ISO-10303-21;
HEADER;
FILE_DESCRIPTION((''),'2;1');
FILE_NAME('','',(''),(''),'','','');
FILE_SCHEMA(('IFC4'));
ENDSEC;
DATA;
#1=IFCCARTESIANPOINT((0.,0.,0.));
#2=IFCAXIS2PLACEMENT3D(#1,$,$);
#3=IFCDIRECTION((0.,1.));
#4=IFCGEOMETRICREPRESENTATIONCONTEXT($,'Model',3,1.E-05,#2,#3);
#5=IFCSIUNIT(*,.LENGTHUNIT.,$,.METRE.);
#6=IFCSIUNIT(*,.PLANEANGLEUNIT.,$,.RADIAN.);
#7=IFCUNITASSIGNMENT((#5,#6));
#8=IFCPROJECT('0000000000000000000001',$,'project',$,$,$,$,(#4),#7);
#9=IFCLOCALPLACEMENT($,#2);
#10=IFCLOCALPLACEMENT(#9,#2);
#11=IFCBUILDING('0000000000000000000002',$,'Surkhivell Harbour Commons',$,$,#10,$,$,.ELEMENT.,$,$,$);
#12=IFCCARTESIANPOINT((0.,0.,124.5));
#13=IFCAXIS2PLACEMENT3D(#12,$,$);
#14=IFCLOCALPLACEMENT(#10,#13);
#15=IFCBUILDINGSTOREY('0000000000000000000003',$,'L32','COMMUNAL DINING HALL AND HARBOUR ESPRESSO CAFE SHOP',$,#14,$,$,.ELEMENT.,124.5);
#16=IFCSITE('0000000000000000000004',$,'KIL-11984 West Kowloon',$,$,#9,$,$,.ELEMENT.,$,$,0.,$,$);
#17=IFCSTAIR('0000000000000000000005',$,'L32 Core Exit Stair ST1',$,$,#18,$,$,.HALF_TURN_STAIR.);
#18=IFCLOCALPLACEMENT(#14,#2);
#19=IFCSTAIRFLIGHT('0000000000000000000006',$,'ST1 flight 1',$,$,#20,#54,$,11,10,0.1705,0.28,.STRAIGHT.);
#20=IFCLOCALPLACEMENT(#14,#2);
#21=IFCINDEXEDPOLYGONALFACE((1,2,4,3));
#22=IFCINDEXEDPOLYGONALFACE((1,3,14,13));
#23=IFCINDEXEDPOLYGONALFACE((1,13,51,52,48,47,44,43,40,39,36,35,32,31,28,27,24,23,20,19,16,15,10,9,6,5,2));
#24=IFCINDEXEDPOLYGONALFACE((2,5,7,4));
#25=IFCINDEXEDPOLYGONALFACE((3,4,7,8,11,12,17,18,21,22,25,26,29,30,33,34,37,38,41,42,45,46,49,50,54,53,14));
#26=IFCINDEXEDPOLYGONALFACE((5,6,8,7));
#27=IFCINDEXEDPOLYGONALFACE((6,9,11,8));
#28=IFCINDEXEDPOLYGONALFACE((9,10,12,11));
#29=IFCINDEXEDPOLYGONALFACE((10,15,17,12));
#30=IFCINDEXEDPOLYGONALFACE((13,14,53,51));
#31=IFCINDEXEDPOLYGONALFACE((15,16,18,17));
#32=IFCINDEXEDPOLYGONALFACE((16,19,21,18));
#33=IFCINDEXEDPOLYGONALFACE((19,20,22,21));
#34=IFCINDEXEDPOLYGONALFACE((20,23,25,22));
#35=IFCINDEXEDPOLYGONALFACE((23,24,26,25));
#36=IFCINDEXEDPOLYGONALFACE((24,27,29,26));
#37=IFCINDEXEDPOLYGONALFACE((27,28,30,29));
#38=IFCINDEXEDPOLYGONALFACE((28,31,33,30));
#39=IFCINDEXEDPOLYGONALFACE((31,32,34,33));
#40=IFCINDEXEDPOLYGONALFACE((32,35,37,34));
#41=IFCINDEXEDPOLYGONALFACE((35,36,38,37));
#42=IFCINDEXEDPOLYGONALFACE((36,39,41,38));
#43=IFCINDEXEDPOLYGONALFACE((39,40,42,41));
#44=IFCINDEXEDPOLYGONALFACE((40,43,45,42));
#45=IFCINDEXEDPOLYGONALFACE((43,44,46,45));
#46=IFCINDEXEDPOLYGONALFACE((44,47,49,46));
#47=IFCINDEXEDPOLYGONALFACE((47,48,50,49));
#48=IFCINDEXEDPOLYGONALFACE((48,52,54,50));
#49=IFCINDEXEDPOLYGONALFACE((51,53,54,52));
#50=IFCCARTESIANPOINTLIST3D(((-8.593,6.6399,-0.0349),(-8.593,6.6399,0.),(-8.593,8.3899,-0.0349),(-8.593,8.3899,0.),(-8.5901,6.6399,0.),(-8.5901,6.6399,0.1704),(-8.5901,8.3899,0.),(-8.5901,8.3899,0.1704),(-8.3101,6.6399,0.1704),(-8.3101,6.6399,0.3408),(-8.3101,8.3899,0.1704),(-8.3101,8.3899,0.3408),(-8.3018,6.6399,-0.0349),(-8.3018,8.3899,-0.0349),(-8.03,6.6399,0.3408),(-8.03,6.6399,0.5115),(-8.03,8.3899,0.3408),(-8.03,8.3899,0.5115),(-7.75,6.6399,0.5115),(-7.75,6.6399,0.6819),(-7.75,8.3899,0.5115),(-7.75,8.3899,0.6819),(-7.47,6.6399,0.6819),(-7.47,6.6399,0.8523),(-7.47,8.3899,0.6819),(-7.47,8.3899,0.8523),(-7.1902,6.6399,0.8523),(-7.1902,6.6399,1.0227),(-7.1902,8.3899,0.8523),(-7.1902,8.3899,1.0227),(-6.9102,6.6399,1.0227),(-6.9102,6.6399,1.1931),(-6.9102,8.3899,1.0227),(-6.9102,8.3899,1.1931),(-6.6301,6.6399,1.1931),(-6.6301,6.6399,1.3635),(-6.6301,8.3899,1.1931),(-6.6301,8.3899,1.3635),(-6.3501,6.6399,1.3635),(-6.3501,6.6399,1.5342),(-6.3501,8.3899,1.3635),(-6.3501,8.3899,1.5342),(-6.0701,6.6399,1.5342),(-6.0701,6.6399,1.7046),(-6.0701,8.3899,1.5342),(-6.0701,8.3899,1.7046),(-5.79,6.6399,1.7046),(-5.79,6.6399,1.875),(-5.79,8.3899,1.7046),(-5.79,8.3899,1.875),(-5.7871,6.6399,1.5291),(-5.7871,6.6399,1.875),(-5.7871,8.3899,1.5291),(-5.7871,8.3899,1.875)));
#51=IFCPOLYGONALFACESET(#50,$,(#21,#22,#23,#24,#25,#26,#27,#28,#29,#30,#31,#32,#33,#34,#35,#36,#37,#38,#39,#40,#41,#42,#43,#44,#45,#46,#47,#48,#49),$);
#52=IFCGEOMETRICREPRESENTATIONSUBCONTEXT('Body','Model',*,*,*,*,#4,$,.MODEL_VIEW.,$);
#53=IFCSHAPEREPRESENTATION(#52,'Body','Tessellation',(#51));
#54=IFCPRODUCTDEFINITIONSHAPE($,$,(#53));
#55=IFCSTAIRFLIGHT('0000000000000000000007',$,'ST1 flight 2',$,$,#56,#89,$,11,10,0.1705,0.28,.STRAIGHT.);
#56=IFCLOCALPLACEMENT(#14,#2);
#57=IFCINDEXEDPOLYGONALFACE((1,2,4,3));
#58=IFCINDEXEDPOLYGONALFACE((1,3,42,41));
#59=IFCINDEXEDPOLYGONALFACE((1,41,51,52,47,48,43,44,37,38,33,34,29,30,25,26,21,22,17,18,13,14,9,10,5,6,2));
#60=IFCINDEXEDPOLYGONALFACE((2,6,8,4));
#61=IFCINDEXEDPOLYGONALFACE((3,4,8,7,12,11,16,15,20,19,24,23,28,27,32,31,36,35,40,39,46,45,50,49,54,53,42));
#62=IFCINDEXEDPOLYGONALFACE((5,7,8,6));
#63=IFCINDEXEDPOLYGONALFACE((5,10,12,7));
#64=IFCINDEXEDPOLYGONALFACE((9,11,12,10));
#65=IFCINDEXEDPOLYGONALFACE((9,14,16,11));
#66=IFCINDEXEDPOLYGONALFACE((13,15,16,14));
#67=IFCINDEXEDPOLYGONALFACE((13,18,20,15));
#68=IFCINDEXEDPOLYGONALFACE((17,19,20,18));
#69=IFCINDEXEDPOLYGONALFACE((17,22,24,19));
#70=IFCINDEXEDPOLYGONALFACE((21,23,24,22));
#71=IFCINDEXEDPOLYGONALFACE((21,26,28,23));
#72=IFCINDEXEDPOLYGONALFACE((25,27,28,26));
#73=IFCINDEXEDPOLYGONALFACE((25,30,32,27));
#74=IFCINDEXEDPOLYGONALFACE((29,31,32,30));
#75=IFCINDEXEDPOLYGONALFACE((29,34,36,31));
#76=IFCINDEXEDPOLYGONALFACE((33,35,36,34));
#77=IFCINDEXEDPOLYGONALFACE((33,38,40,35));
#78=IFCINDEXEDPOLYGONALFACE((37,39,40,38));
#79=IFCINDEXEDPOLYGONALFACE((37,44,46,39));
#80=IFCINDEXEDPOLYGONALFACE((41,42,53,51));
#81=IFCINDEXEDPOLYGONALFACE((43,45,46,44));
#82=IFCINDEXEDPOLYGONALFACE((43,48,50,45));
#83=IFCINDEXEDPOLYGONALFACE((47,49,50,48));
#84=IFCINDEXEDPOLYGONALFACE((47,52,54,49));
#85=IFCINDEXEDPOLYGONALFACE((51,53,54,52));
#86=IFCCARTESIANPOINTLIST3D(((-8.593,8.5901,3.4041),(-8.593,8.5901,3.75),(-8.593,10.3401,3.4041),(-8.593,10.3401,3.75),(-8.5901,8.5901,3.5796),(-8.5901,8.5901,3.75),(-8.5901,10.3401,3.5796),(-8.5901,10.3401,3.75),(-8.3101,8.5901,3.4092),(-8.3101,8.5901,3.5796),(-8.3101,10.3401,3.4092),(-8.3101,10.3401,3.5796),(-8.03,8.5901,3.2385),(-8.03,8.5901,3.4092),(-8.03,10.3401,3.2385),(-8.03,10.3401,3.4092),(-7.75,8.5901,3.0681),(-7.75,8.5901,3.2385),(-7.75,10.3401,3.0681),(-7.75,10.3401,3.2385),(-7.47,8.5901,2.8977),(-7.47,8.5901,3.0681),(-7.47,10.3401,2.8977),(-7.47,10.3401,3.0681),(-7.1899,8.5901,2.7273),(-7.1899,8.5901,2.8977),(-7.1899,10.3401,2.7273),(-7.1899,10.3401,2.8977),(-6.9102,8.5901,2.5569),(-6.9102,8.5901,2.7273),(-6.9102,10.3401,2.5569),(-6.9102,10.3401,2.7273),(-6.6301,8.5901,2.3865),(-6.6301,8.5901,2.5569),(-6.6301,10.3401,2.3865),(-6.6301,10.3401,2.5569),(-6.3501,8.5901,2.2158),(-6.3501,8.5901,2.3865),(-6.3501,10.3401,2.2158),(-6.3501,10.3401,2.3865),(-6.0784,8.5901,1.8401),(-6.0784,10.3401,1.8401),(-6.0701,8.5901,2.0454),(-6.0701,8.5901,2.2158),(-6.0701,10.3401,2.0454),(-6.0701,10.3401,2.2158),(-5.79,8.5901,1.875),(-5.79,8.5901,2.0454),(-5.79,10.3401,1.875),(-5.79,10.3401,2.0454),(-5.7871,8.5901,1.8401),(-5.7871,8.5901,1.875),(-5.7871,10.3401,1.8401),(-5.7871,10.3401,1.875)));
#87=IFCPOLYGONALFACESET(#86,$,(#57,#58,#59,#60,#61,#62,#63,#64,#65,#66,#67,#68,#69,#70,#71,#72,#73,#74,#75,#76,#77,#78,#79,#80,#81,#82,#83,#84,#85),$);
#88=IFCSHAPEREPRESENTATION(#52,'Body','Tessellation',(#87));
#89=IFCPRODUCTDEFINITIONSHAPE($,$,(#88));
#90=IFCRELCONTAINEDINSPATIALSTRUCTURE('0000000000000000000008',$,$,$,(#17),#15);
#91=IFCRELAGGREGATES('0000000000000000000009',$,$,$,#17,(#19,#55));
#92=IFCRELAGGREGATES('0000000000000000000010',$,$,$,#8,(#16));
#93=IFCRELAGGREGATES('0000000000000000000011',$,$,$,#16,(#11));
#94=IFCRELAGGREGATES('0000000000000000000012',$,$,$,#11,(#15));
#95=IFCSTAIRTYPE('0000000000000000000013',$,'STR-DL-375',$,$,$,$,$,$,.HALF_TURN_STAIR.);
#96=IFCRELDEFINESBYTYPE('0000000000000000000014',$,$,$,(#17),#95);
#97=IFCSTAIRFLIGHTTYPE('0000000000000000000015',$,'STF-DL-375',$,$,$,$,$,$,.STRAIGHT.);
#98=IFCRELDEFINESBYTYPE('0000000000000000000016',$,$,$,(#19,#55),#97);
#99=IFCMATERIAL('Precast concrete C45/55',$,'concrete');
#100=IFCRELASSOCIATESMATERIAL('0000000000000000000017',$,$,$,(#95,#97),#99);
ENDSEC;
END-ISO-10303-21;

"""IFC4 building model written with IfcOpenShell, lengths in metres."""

from ifc_helpers import new_model, si_unit, direction, frame, origin, place, context, subcontext, project, spatial, polyline, outline, extrude, material, type_object, element, aggregate, save


model = new_model("IFC4")

# Units and contexts
model_context = context("Model", 3, precision=1e-05, world=origin(), true_north=direction((0.0, 1.0)))
body_context = subcontext(model_context, "Body", "Model", "MODEL_VIEW")
ifc_project = project(units=[si_unit("LENGTHUNIT", "METRE"), si_unit("PLANEANGLEUNIT", "RADIAN")], contexts=[model_context])

# Site, building, storey
site_placement = place(None, origin())
site = spatial("IfcSite", under=ifc_project, at=site_placement, Name="KIL-11984 West Kowloon", CompositionType="ELEMENT", RefElevation=0.0)
building_placement = place(site_placement, origin())
building = spatial("IfcBuilding", under=site, at=building_placement, Name="Surkhivell Harbour Commons", CompositionType="ELEMENT")
storey_placement = place(building_placement, frame((0.0, 0.0, 124.5)))
storey = spatial("IfcBuildingStorey", under=building, at=storey_placement, Name="L32", Description="COMMUNAL DINING HALL AND HARBOUR ESPRESSO CAFE SHOP", CompositionType="ELEMENT", Elevation=124.5)

# Stair, stair flights
ifc_material_1 = material(Name="Precast concrete C45/55", Category="concrete")
stair_type = type_object("IfcStairType", Name="STR-DL-375", PredefinedType="HALF_TURN_STAIR", material=ifc_material_1)
stair_placement = place(storey_placement, origin())
stair = element("IfcStair", 1, at=stair_placement, inside=storey, type_object=stair_type, Name="L32 Core Exit Stair ST1", PredefinedType="HALF_TURN_STAIR")
stair_flight_type = type_object("IfcStairFlightType", Name="STF-DL-375", PredefinedType="STRAIGHT", material=ifc_material_1)
stair_flight_1_placement = place(storey_placement, frame((-8.5901, 7.5149, 0.0), z_axis=(0.0, 0.0, 1.0), x_axis=(1.0, 0.0, 0.0)))
stair_flight_1 = element("IfcStairFlight", 2, at=stair_flight_1_placement, type_object=stair_flight_type, Name="ST1 flight 1", NumberOfRisers=11, NumberOfTreads=10, PredefinedType="STRAIGHT", RiserHeight=0.1705, TreadLength=0.28, context=body_context, shape_type="SweptSolid", body=[
    extrude(outline(polyline([(-0.0029, -0.0349), (-0.0029, 0.0), (0.0, 0.0), (0.0, 0.1704), (0.28, 0.1704), (0.28, 0.3408), (0.5601, 0.3408), (0.5601, 0.5115), (0.8401, 0.5115), (0.8401, 0.6819), (1.1201, 0.6819), (1.1201, 0.8523), (1.3999, 0.8523), (1.3999, 1.0227), (1.6799, 1.0227), (1.6799, 1.1931), (1.96, 1.1931), (1.96, 1.3635), (2.24, 1.3635), (2.24, 1.5342), (2.52, 1.5342), (2.52, 1.7046), (2.8, 1.7046), (2.8, 1.875), (2.803, 1.875), (2.803, 1.5291), (0.2883, -0.0349), (-0.0029, -0.0349)])), frame((0.0, 0.875, 0.0), z_axis=(0.0, -1.0, 0.0), x_axis=(1.0, 0.0, 0.0)), (0.0, 0.0, 1.0), 1.75),
])
stair_flight_2_placement = place(storey_placement, frame((-5.79, 9.4651, 1.875), z_axis=(0.0, 0.0, 1.0), x_axis=(-1.0, 0.0, 0.0)))
stair_flight_2 = element("IfcStairFlight", 3, at=stair_flight_2_placement, type_object=stair_flight_type, Name="ST1 flight 2", NumberOfRisers=11, NumberOfTreads=10, PredefinedType="STRAIGHT", RiserHeight=0.1705, TreadLength=0.28, context=body_context, shape_type="SweptSolid", body=[
    extrude(outline(polyline([(-0.0029, -0.0349), (-0.0029, 0.0), (0.0, 0.0), (0.0, 0.1704), (0.28, 0.1704), (0.28, 0.3408), (0.5601, 0.3408), (0.5601, 0.5115), (0.8401, 0.5115), (0.8401, 0.6819), (1.1201, 0.6819), (1.1201, 0.8523), (1.3999, 0.8523), (1.3999, 1.0227), (1.6799, 1.0227), (1.6799, 1.1931), (1.96, 1.1931), (1.96, 1.3635), (2.24, 1.3635), (2.24, 1.5342), (2.52, 1.5342), (2.52, 1.7046), (2.8, 1.7046), (2.8, 1.875), (2.803, 1.875), (2.803, 1.5291), (0.2883, -0.0349), (-0.0029, -0.0349)])), frame((0.0, 0.875, 0.0), z_axis=(0.0, -1.0, 0.0), x_axis=(1.0, 0.0, 0.0)), (0.0, 0.0, 1.0), 1.75),
])
aggregate(stair, [stair_flight_1, stair_flight_2])

save(model, "model.ifc")
